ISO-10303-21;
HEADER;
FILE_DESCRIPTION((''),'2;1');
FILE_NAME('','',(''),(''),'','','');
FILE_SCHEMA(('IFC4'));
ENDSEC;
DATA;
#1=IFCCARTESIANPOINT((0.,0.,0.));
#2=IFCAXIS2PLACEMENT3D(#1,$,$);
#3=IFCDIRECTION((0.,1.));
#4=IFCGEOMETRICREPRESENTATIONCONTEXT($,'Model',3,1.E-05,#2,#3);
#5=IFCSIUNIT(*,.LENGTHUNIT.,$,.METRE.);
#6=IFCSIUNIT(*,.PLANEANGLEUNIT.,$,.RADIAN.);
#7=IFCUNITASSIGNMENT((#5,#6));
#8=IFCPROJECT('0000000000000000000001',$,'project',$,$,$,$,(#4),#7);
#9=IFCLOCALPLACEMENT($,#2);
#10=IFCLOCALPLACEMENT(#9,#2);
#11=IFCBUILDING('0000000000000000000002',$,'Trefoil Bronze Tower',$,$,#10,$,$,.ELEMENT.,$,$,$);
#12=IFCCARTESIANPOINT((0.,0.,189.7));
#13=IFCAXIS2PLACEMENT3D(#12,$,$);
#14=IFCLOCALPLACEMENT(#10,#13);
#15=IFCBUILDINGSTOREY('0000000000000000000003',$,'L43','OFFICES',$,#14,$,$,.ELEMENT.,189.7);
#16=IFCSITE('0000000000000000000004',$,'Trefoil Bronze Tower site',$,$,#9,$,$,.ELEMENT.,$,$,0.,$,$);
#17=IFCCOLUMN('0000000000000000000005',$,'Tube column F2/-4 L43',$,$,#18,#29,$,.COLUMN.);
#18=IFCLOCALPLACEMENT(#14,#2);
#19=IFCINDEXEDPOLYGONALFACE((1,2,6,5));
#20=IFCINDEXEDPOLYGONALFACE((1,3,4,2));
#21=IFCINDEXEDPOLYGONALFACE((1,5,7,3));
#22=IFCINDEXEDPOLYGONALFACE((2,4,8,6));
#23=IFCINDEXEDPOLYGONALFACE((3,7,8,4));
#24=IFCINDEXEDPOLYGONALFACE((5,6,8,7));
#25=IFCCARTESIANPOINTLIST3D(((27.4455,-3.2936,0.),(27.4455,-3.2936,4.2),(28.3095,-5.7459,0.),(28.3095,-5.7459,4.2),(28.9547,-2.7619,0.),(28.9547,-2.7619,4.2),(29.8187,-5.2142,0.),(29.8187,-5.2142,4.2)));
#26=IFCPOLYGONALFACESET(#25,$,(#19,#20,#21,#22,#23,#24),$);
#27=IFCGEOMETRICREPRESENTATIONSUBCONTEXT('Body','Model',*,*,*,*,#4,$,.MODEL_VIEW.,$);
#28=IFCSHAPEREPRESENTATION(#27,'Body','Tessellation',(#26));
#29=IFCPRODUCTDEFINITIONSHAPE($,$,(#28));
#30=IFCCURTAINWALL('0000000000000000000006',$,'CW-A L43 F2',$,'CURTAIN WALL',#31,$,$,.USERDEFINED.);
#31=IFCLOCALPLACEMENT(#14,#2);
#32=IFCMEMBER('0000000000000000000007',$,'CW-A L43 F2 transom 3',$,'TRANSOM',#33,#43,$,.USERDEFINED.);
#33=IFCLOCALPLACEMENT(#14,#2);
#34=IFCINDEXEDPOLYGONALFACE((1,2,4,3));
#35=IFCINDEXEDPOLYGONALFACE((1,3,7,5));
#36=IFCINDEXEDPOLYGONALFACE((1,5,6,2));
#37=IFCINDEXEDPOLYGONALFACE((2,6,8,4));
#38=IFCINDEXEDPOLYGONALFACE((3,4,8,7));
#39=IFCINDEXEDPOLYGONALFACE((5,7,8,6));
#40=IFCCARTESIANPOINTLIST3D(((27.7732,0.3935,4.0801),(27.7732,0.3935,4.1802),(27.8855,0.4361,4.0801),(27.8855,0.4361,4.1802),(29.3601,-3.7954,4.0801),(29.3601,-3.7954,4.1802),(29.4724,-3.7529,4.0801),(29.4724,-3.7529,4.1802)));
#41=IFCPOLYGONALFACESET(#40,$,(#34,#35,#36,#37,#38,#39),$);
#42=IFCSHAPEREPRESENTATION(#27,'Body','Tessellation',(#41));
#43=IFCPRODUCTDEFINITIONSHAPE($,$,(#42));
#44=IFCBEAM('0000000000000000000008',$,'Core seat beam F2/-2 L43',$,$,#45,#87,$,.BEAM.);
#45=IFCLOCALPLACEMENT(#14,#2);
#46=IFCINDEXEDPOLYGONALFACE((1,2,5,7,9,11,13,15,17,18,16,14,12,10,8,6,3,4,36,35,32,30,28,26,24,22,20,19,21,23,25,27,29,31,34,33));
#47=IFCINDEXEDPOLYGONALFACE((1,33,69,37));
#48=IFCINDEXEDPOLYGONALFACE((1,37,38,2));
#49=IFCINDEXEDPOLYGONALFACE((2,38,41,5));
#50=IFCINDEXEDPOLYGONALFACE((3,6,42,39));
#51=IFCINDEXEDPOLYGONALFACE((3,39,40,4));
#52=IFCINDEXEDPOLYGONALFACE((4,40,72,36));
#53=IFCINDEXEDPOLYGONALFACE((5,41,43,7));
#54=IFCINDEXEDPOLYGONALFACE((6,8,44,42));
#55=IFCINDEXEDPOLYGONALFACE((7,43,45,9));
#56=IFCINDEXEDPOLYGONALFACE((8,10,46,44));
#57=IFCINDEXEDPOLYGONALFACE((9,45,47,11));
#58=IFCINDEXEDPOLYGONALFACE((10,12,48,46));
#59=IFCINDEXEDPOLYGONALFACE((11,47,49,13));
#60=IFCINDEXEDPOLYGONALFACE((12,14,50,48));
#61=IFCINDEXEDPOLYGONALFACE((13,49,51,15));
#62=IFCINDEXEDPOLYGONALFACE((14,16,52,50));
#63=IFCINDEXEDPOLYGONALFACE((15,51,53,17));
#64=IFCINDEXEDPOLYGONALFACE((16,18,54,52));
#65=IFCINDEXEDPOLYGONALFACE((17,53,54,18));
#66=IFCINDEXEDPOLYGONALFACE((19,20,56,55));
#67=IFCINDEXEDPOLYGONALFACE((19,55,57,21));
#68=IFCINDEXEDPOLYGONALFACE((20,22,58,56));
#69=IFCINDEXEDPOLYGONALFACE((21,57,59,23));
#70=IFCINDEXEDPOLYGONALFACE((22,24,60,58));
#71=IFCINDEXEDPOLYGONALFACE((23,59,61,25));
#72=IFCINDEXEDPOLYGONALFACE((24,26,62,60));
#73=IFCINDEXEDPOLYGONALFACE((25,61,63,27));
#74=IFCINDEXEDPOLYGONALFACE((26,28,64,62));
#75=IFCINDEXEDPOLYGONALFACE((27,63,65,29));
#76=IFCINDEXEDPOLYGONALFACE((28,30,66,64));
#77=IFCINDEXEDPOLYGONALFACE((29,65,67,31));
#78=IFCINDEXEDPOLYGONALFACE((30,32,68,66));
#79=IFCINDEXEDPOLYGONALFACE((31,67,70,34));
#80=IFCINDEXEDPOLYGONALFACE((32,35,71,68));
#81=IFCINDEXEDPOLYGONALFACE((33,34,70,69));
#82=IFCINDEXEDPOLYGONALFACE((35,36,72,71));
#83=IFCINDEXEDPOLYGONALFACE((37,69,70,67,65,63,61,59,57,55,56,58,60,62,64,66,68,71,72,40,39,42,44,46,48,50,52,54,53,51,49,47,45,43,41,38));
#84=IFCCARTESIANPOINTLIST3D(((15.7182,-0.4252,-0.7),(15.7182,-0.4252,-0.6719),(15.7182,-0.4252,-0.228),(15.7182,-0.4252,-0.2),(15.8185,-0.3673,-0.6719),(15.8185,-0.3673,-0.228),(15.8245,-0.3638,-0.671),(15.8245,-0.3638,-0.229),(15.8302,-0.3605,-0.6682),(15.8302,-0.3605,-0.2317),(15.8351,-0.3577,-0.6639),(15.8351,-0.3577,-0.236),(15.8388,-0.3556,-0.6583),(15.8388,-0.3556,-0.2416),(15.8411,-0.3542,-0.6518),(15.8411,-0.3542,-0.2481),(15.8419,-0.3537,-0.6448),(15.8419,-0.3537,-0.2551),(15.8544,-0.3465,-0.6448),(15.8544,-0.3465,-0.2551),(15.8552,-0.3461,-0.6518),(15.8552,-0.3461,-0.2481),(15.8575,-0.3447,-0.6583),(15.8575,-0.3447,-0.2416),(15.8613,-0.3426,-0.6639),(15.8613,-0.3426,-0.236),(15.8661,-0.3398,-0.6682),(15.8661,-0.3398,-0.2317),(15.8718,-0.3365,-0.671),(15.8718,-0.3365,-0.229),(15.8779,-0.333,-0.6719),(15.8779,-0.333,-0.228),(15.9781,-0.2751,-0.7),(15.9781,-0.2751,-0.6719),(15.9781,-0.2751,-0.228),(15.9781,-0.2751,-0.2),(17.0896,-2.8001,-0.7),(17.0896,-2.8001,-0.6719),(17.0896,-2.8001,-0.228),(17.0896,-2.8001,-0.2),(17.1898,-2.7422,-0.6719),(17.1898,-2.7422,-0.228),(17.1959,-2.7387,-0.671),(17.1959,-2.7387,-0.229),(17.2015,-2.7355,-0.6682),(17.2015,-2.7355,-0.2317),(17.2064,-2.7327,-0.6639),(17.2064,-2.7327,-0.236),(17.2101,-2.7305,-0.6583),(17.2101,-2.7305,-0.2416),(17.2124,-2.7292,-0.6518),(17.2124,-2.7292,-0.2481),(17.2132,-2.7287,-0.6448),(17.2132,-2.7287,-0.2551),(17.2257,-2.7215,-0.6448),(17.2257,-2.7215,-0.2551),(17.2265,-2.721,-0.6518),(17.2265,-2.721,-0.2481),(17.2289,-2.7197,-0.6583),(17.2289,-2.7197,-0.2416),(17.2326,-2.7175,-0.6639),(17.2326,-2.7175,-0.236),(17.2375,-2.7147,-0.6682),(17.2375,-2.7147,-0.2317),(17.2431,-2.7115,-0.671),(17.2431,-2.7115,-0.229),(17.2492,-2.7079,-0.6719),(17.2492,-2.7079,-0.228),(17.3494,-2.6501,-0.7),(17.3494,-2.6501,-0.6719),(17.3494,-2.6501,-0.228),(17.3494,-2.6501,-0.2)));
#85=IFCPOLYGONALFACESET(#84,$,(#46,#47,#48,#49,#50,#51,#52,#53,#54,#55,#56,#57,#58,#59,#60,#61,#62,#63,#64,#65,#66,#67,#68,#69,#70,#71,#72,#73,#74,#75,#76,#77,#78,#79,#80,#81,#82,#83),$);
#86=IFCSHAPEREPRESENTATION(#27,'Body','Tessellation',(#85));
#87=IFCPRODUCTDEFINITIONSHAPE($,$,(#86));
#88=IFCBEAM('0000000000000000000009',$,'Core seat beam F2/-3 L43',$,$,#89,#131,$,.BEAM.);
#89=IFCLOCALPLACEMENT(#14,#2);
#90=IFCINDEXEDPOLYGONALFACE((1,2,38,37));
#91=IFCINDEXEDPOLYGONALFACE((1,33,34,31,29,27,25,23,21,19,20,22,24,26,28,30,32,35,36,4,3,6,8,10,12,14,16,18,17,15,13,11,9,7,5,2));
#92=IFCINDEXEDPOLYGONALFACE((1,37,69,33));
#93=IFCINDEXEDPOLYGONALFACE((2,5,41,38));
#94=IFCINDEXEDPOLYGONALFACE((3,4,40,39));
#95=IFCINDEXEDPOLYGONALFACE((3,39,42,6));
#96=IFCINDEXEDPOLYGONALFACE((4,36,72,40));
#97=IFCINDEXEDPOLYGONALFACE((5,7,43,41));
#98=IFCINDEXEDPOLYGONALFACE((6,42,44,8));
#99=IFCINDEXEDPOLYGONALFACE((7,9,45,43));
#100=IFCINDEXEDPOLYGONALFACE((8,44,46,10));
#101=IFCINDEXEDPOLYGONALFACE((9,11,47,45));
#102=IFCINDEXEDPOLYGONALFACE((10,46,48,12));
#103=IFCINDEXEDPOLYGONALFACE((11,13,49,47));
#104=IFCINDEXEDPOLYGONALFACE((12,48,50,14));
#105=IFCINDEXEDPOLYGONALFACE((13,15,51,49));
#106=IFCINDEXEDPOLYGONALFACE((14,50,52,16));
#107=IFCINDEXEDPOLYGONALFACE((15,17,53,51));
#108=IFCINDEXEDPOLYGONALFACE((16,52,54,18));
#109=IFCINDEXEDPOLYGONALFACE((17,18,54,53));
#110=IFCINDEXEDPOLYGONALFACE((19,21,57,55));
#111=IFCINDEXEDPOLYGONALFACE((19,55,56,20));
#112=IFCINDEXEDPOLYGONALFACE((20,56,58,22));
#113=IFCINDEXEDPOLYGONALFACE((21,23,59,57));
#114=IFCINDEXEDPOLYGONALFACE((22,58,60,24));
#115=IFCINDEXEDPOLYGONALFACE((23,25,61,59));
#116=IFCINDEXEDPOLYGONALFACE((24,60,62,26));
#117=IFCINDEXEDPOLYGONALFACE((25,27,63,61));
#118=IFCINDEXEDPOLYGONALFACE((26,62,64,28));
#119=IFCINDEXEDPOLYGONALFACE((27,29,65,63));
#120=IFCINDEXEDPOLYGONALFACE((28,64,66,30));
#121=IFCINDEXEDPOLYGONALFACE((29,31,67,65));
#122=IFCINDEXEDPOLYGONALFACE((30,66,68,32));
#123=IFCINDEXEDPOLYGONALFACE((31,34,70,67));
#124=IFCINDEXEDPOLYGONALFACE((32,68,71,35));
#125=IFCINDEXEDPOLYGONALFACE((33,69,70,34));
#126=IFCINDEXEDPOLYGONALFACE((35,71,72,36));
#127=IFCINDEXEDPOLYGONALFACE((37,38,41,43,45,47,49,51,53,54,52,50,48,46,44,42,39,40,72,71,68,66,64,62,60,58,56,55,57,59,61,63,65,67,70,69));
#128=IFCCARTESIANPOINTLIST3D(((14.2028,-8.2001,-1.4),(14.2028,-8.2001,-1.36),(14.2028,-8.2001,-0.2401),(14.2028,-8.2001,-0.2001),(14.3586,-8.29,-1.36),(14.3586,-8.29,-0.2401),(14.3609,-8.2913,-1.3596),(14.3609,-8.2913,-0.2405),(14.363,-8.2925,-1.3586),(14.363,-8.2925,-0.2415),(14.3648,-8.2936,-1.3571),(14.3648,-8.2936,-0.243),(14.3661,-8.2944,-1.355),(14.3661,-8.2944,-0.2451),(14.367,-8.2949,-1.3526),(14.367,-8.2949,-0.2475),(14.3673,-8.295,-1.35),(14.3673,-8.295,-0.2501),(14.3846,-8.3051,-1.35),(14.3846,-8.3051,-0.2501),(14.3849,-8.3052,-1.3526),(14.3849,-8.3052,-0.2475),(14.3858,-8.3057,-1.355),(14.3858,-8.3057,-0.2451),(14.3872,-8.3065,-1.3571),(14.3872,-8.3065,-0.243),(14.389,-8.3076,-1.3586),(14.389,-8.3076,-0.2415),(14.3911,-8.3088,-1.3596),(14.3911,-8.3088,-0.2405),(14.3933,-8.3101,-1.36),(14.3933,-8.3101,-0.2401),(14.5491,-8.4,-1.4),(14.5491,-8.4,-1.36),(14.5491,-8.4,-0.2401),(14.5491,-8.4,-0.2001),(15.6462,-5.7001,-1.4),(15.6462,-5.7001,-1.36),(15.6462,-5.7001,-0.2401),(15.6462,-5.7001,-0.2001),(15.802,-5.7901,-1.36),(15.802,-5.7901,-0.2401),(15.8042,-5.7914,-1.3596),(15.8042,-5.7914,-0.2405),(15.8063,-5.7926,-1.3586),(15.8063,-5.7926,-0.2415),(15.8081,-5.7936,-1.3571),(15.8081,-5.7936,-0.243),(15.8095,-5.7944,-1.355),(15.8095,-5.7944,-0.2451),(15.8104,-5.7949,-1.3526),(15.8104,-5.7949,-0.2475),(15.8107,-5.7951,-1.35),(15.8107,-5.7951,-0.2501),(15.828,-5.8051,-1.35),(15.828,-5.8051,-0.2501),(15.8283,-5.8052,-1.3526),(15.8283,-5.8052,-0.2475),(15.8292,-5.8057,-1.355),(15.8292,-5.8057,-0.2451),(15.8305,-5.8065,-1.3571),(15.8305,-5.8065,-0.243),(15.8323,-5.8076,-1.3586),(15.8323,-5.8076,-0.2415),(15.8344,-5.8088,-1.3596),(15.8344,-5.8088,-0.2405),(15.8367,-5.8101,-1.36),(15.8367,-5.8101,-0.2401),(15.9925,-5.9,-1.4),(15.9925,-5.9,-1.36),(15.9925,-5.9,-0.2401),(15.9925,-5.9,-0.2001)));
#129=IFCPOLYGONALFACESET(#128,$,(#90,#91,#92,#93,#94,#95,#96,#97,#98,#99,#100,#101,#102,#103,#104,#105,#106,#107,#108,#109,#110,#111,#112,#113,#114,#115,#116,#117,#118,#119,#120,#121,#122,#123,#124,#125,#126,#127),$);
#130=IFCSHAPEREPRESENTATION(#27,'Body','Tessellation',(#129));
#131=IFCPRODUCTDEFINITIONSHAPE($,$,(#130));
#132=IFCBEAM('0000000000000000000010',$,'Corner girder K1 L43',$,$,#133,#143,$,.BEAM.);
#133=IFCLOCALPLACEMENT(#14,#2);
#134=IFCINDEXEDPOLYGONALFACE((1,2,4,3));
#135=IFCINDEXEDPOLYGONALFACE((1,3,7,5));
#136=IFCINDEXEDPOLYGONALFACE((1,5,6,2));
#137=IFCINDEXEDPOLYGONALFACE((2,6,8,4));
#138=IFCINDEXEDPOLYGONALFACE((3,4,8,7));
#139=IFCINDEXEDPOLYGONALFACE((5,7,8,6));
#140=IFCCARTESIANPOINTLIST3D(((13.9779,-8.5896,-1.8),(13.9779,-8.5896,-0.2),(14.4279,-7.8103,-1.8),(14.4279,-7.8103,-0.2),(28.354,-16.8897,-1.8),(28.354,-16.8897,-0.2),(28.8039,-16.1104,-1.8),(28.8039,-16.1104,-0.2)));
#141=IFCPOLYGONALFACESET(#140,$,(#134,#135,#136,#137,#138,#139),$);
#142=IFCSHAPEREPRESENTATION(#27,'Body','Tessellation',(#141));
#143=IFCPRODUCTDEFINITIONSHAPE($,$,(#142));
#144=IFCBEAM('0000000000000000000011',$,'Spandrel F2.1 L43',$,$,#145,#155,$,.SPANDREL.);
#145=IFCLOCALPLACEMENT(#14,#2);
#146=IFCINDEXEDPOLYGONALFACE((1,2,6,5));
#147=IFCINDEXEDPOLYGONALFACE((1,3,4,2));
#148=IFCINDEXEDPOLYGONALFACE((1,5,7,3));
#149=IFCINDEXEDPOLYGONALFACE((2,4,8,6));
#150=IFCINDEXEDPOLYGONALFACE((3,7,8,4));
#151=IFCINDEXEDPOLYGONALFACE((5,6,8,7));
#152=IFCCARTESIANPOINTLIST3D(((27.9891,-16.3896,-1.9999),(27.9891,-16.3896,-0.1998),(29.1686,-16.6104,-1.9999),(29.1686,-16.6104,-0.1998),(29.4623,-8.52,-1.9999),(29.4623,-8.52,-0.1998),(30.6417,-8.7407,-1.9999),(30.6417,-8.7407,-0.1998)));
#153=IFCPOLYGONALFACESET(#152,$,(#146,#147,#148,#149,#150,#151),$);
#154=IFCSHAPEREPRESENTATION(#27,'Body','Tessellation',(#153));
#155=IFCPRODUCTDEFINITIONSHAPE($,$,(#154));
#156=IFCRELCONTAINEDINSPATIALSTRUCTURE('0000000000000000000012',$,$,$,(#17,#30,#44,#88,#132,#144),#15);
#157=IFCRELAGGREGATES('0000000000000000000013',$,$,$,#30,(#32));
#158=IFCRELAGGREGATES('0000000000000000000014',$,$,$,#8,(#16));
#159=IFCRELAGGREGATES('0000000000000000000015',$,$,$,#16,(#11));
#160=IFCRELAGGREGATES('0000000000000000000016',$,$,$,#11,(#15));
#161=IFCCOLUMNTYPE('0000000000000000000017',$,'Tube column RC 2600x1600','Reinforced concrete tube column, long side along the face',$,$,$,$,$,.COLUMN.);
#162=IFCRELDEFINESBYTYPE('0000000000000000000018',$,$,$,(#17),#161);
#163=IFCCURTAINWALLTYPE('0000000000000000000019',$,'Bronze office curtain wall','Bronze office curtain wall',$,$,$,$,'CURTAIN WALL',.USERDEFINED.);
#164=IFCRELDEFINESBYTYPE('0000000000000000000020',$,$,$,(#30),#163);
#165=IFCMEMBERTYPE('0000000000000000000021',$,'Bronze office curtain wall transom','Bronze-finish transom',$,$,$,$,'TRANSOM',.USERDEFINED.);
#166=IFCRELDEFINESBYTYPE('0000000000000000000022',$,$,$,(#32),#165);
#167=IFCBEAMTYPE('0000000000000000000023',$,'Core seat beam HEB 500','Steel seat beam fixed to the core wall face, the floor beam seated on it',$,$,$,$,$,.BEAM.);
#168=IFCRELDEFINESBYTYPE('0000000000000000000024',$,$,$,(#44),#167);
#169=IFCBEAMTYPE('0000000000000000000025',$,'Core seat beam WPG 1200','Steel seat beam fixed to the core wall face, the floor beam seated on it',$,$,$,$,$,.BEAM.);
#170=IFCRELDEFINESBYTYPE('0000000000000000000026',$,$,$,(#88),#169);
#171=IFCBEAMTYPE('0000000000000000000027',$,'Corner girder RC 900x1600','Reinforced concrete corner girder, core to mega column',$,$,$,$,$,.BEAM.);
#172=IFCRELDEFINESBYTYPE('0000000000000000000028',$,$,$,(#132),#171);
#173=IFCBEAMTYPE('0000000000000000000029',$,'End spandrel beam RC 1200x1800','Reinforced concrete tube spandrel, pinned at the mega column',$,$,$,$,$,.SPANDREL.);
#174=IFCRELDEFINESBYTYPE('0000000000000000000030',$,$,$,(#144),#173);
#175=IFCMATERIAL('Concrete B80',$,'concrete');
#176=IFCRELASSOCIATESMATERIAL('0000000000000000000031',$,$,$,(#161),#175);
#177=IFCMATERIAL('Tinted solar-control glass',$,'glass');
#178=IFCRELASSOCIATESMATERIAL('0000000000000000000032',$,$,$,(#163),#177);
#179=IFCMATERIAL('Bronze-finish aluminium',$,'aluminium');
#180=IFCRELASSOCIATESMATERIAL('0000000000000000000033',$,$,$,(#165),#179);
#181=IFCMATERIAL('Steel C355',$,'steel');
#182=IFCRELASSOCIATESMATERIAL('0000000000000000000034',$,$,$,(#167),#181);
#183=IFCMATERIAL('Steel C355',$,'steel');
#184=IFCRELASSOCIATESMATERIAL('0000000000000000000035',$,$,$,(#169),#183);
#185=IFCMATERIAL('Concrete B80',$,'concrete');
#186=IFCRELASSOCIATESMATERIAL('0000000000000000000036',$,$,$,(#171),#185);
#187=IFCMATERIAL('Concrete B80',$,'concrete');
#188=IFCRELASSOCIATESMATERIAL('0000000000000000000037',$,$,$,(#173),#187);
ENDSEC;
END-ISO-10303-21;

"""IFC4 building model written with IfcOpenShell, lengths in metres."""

from ifc_helpers import new_model, si_unit, direction, frame, origin, origin_2d, place, context, subcontext, project, spatial, rectangle, i_section, extrude, material, material_profile, profile_set, type_object, element, aggregate, save


model = new_model("IFC4")

# Units and contexts
model_context = context("Model", 3, precision=1e-05, world=origin(), true_north=direction((0.0, 1.0)))
body_context = subcontext(model_context, "Body", "Model", "MODEL_VIEW")
ifc_project = project(units=[si_unit("LENGTHUNIT", "METRE"), si_unit("PLANEANGLEUNIT", "RADIAN")], contexts=[model_context])

# Site, building, storey
site_placement = place(None, origin())
site = spatial("IfcSite", under=ifc_project, at=site_placement, Name="Trefoil Bronze Tower site", CompositionType="ELEMENT", RefElevation=0.0)
building_placement = place(site_placement, origin())
building = spatial("IfcBuilding", under=site, at=building_placement, Name="Trefoil Bronze Tower", CompositionType="ELEMENT")
storey_placement = place(building_placement, frame((0.0, 0.0, 189.7)))
storey = spatial("IfcBuildingStorey", under=building, at=storey_placement, Name="L43", Description="OFFICES", CompositionType="ELEMENT", Elevation=189.7)

# Column
ifc_material_1 = material(Name="Concrete B80", Category="concrete")
ifc_material_profile_1 = material_profile(ifc_material_1, rectangle(XDim=2.6001, YDim=1.6001, at=origin_2d()), Name="RC 2600x1600")
ifc_profile_set_1 = profile_set([ifc_material_profile_1], Name="Concrete B80")
column_type = type_object("IfcColumnType", Name="Tube column RC 2600x1600", Description="Reinforced concrete tube column, long side along the face", PredefinedType="COLUMN", material=ifc_profile_set_1)
column_placement = place(storey_placement, frame((28.6321, -4.2539, 0.0), z_axis=(0.0, 0.0, 1.0), x_axis=(-0.332282, 0.94318, 0.0)))
element("IfcColumn", 1, at=column_placement, inside=storey, type_object=column_type, Name="Tube column F2/-4 L43", PredefinedType="COLUMN", context=body_context, shape_type="SweptSolid", body=[
    extrude(rectangle(XDim=2.6001, YDim=1.6001, at=origin_2d()), origin(), (0.0, 0.0, 1.0), 4.2),
])

# Curtain wall, member
ifc_material_2 = material(Name="Tinted solar-control glass", Category="glass")
curtain_wall_type = type_object("IfcCurtainWallType", Name="Bronze office curtain wall", Description="Bronze office curtain wall", ElementType="CURTAIN WALL", PredefinedType="USERDEFINED", material=ifc_material_2)
curtain_wall_placement = place(storey_placement, origin())
curtain_wall = element("IfcCurtainWall", 2, at=curtain_wall_placement, inside=storey, type_object=curtain_wall_type, Name="CW-A L43 F2", ObjectType="CURTAIN WALL", PredefinedType="USERDEFINED")
ifc_material_3 = material(Name="Bronze-finish aluminium", Category="aluminium")
ifc_material_profile_2 = material_profile(ifc_material_3, rectangle(XDim=0.1201, YDim=0.1001, at=origin_2d()), Name="CW-A transom")
ifc_profile_set_2 = profile_set([ifc_material_profile_2], Name="Bronze-finish aluminium")
member_type = type_object("IfcMemberType", Name="Bronze office curtain wall transom", Description="Bronze-finish transom", ElementType="TRANSOM", PredefinedType="USERDEFINED", material=ifc_profile_set_2)
member_placement = place(storey_placement, frame((29.4163, -3.7742, 4.1301), z_axis=(-0.354263, 0.935146, 0.0), x_axis=(-0.935146, -0.354263, 0.0)))
member = element("IfcMember", 3, at=member_placement, type_object=member_type, Name="CW-A L43 F2 transom 3", ObjectType="TRANSOM", PredefinedType="USERDEFINED", context=body_context, shape_type="SweptSolid", body=[
    extrude(rectangle(XDim=0.1201, YDim=0.1001, at=origin_2d()), origin(), (0.0, 0.0, 1.0), 4.4795),
])

# Beams
ifc_material_4 = material(Name="Steel C355", Category="steel")
ifc_material_profile_3 = material_profile(ifc_material_4, i_section(OverallWidth=0.3, OverallDepth=0.5, WebThickness=0.0144, FlangeThickness=0.0281, FilletRadius=0.0271, at=origin_2d()), Name="HEB 500")
ifc_profile_set_3 = profile_set([ifc_material_profile_3], Name="Steel C355")
beam_type_1 = type_object("IfcBeamType", Name="Core seat beam HEB 500", Description="Steel seat beam fixed to the core wall face, the floor beam seated on it", PredefinedType="BEAM", material=ifc_profile_set_3)
beam_1_placement = place(storey_placement, frame((17.2195, -2.7251, -0.45), z_axis=(-0.500036, 0.866005, 0.0), x_axis=(-0.866005, -0.500036, 0.0)))
element("IfcBeam", 4, at=beam_1_placement, inside=storey, type_object=beam_type_1, Name="Core seat beam F2/-2 L43", PredefinedType="BEAM", context=body_context, shape_type="SweptSolid", body=[
    extrude(i_section(OverallWidth=0.3, OverallDepth=0.5, WebThickness=0.0144, FlangeThickness=0.0281, FilletRadius=0.0271, at=origin_2d()), origin(), (0.0, 0.0, 1.0), 2.7424),
])
ifc_material_5 = material(Name="Steel C355", Category="steel")
ifc_material_profile_4 = material_profile(ifc_material_5, i_section(OverallWidth=0.3999, OverallDepth=1.2, WebThickness=0.02, FlangeThickness=0.04, FilletRadius=0.01, at=origin_2d()), Name="WPG 1200")
ifc_profile_set_4 = profile_set([ifc_material_profile_4], Name="Steel C355")
beam_type_2 = type_object("IfcBeamType", Name="Core seat beam WPG 1200", Description="Steel seat beam fixed to the core wall face, the floor beam seated on it", PredefinedType="BEAM", material=ifc_profile_set_4)
beam_2_placement = place(storey_placement, frame((14.376, -8.3, -0.8), z_axis=(0.499996, 0.866028, 0.0), x_axis=(-0.866028, 0.499996, 0.0)))
element("IfcBeam", 5, at=beam_2_placement, inside=storey, type_object=beam_type_2, Name="Core seat beam F2/-3 L43", PredefinedType="BEAM", context=body_context, shape_type="SweptSolid", body=[
    extrude(i_section(OverallWidth=0.3999, OverallDepth=1.2, WebThickness=0.02, FlangeThickness=0.04, FilletRadius=0.01, at=origin_2d()), origin(), (0.0, 0.0, 1.0), 2.8867),
])
ifc_material_6 = material(Name="Concrete B80", Category="concrete")
ifc_material_profile_5 = material_profile(ifc_material_6, rectangle(XDim=0.8999, YDim=1.6001, at=origin_2d()), Name="RC 900x1600")
ifc_profile_set_5 = profile_set([ifc_material_profile_5], Name="Concrete B80")
beam_type_3 = type_object("IfcBeamType", Name="Corner girder RC 900x1600", Description="Reinforced concrete corner girder, core to mega column", PredefinedType="BEAM", material=ifc_profile_set_5)
beam_3_placement = place(storey_placement, frame((14.2029, -8.2, -1.0), z_axis=(0.866023, -0.500003, 0.0), x_axis=(0.500003, 0.866023, 0.0)))
element("IfcBeam", 6, at=beam_3_placement, inside=storey, type_object=beam_type_3, Name="Corner girder K1 L43", PredefinedType="BEAM", context=body_context, shape_type="SweptSolid", body=[
    extrude(rectangle(XDim=0.8999, YDim=1.6001, at=origin_2d()), origin(), (0.0, 0.0, 1.0), 16.6001),
])
ifc_material_7 = material(Name="Concrete B80", Category="concrete")
ifc_material_profile_6 = material_profile(ifc_material_7, rectangle(XDim=1.2, YDim=1.8, at=origin_2d()), Name="RC 1200x1800")
ifc_profile_set_6 = profile_set([ifc_material_profile_6], Name="Concrete B80")
beam_type_4 = type_object("IfcBeamType", Name="End spandrel beam RC 1200x1800", Description="Reinforced concrete tube spandrel, pinned at the mega column", PredefinedType="SPANDREL", material=ifc_profile_set_6)
beam_4_placement = place(storey_placement, frame((28.5789, -16.5, -1.0999), z_axis=(0.183998, 0.982927, 0.0), x_axis=(-0.982927, 0.183998, 0.0)))
element("IfcBeam", 7, at=beam_4_placement, inside=storey, type_object=beam_type_4, Name="Spandrel F2.1 L43", PredefinedType="SPANDREL", context=body_context, shape_type="SweptSolid", body=[
    extrude(rectangle(XDim=1.2, YDim=1.8, at=origin_2d()), origin(), (0.0, 0.0, 1.0), 8.0063),
])

aggregate(curtain_wall, [member])

save(model, "model.ifc")
